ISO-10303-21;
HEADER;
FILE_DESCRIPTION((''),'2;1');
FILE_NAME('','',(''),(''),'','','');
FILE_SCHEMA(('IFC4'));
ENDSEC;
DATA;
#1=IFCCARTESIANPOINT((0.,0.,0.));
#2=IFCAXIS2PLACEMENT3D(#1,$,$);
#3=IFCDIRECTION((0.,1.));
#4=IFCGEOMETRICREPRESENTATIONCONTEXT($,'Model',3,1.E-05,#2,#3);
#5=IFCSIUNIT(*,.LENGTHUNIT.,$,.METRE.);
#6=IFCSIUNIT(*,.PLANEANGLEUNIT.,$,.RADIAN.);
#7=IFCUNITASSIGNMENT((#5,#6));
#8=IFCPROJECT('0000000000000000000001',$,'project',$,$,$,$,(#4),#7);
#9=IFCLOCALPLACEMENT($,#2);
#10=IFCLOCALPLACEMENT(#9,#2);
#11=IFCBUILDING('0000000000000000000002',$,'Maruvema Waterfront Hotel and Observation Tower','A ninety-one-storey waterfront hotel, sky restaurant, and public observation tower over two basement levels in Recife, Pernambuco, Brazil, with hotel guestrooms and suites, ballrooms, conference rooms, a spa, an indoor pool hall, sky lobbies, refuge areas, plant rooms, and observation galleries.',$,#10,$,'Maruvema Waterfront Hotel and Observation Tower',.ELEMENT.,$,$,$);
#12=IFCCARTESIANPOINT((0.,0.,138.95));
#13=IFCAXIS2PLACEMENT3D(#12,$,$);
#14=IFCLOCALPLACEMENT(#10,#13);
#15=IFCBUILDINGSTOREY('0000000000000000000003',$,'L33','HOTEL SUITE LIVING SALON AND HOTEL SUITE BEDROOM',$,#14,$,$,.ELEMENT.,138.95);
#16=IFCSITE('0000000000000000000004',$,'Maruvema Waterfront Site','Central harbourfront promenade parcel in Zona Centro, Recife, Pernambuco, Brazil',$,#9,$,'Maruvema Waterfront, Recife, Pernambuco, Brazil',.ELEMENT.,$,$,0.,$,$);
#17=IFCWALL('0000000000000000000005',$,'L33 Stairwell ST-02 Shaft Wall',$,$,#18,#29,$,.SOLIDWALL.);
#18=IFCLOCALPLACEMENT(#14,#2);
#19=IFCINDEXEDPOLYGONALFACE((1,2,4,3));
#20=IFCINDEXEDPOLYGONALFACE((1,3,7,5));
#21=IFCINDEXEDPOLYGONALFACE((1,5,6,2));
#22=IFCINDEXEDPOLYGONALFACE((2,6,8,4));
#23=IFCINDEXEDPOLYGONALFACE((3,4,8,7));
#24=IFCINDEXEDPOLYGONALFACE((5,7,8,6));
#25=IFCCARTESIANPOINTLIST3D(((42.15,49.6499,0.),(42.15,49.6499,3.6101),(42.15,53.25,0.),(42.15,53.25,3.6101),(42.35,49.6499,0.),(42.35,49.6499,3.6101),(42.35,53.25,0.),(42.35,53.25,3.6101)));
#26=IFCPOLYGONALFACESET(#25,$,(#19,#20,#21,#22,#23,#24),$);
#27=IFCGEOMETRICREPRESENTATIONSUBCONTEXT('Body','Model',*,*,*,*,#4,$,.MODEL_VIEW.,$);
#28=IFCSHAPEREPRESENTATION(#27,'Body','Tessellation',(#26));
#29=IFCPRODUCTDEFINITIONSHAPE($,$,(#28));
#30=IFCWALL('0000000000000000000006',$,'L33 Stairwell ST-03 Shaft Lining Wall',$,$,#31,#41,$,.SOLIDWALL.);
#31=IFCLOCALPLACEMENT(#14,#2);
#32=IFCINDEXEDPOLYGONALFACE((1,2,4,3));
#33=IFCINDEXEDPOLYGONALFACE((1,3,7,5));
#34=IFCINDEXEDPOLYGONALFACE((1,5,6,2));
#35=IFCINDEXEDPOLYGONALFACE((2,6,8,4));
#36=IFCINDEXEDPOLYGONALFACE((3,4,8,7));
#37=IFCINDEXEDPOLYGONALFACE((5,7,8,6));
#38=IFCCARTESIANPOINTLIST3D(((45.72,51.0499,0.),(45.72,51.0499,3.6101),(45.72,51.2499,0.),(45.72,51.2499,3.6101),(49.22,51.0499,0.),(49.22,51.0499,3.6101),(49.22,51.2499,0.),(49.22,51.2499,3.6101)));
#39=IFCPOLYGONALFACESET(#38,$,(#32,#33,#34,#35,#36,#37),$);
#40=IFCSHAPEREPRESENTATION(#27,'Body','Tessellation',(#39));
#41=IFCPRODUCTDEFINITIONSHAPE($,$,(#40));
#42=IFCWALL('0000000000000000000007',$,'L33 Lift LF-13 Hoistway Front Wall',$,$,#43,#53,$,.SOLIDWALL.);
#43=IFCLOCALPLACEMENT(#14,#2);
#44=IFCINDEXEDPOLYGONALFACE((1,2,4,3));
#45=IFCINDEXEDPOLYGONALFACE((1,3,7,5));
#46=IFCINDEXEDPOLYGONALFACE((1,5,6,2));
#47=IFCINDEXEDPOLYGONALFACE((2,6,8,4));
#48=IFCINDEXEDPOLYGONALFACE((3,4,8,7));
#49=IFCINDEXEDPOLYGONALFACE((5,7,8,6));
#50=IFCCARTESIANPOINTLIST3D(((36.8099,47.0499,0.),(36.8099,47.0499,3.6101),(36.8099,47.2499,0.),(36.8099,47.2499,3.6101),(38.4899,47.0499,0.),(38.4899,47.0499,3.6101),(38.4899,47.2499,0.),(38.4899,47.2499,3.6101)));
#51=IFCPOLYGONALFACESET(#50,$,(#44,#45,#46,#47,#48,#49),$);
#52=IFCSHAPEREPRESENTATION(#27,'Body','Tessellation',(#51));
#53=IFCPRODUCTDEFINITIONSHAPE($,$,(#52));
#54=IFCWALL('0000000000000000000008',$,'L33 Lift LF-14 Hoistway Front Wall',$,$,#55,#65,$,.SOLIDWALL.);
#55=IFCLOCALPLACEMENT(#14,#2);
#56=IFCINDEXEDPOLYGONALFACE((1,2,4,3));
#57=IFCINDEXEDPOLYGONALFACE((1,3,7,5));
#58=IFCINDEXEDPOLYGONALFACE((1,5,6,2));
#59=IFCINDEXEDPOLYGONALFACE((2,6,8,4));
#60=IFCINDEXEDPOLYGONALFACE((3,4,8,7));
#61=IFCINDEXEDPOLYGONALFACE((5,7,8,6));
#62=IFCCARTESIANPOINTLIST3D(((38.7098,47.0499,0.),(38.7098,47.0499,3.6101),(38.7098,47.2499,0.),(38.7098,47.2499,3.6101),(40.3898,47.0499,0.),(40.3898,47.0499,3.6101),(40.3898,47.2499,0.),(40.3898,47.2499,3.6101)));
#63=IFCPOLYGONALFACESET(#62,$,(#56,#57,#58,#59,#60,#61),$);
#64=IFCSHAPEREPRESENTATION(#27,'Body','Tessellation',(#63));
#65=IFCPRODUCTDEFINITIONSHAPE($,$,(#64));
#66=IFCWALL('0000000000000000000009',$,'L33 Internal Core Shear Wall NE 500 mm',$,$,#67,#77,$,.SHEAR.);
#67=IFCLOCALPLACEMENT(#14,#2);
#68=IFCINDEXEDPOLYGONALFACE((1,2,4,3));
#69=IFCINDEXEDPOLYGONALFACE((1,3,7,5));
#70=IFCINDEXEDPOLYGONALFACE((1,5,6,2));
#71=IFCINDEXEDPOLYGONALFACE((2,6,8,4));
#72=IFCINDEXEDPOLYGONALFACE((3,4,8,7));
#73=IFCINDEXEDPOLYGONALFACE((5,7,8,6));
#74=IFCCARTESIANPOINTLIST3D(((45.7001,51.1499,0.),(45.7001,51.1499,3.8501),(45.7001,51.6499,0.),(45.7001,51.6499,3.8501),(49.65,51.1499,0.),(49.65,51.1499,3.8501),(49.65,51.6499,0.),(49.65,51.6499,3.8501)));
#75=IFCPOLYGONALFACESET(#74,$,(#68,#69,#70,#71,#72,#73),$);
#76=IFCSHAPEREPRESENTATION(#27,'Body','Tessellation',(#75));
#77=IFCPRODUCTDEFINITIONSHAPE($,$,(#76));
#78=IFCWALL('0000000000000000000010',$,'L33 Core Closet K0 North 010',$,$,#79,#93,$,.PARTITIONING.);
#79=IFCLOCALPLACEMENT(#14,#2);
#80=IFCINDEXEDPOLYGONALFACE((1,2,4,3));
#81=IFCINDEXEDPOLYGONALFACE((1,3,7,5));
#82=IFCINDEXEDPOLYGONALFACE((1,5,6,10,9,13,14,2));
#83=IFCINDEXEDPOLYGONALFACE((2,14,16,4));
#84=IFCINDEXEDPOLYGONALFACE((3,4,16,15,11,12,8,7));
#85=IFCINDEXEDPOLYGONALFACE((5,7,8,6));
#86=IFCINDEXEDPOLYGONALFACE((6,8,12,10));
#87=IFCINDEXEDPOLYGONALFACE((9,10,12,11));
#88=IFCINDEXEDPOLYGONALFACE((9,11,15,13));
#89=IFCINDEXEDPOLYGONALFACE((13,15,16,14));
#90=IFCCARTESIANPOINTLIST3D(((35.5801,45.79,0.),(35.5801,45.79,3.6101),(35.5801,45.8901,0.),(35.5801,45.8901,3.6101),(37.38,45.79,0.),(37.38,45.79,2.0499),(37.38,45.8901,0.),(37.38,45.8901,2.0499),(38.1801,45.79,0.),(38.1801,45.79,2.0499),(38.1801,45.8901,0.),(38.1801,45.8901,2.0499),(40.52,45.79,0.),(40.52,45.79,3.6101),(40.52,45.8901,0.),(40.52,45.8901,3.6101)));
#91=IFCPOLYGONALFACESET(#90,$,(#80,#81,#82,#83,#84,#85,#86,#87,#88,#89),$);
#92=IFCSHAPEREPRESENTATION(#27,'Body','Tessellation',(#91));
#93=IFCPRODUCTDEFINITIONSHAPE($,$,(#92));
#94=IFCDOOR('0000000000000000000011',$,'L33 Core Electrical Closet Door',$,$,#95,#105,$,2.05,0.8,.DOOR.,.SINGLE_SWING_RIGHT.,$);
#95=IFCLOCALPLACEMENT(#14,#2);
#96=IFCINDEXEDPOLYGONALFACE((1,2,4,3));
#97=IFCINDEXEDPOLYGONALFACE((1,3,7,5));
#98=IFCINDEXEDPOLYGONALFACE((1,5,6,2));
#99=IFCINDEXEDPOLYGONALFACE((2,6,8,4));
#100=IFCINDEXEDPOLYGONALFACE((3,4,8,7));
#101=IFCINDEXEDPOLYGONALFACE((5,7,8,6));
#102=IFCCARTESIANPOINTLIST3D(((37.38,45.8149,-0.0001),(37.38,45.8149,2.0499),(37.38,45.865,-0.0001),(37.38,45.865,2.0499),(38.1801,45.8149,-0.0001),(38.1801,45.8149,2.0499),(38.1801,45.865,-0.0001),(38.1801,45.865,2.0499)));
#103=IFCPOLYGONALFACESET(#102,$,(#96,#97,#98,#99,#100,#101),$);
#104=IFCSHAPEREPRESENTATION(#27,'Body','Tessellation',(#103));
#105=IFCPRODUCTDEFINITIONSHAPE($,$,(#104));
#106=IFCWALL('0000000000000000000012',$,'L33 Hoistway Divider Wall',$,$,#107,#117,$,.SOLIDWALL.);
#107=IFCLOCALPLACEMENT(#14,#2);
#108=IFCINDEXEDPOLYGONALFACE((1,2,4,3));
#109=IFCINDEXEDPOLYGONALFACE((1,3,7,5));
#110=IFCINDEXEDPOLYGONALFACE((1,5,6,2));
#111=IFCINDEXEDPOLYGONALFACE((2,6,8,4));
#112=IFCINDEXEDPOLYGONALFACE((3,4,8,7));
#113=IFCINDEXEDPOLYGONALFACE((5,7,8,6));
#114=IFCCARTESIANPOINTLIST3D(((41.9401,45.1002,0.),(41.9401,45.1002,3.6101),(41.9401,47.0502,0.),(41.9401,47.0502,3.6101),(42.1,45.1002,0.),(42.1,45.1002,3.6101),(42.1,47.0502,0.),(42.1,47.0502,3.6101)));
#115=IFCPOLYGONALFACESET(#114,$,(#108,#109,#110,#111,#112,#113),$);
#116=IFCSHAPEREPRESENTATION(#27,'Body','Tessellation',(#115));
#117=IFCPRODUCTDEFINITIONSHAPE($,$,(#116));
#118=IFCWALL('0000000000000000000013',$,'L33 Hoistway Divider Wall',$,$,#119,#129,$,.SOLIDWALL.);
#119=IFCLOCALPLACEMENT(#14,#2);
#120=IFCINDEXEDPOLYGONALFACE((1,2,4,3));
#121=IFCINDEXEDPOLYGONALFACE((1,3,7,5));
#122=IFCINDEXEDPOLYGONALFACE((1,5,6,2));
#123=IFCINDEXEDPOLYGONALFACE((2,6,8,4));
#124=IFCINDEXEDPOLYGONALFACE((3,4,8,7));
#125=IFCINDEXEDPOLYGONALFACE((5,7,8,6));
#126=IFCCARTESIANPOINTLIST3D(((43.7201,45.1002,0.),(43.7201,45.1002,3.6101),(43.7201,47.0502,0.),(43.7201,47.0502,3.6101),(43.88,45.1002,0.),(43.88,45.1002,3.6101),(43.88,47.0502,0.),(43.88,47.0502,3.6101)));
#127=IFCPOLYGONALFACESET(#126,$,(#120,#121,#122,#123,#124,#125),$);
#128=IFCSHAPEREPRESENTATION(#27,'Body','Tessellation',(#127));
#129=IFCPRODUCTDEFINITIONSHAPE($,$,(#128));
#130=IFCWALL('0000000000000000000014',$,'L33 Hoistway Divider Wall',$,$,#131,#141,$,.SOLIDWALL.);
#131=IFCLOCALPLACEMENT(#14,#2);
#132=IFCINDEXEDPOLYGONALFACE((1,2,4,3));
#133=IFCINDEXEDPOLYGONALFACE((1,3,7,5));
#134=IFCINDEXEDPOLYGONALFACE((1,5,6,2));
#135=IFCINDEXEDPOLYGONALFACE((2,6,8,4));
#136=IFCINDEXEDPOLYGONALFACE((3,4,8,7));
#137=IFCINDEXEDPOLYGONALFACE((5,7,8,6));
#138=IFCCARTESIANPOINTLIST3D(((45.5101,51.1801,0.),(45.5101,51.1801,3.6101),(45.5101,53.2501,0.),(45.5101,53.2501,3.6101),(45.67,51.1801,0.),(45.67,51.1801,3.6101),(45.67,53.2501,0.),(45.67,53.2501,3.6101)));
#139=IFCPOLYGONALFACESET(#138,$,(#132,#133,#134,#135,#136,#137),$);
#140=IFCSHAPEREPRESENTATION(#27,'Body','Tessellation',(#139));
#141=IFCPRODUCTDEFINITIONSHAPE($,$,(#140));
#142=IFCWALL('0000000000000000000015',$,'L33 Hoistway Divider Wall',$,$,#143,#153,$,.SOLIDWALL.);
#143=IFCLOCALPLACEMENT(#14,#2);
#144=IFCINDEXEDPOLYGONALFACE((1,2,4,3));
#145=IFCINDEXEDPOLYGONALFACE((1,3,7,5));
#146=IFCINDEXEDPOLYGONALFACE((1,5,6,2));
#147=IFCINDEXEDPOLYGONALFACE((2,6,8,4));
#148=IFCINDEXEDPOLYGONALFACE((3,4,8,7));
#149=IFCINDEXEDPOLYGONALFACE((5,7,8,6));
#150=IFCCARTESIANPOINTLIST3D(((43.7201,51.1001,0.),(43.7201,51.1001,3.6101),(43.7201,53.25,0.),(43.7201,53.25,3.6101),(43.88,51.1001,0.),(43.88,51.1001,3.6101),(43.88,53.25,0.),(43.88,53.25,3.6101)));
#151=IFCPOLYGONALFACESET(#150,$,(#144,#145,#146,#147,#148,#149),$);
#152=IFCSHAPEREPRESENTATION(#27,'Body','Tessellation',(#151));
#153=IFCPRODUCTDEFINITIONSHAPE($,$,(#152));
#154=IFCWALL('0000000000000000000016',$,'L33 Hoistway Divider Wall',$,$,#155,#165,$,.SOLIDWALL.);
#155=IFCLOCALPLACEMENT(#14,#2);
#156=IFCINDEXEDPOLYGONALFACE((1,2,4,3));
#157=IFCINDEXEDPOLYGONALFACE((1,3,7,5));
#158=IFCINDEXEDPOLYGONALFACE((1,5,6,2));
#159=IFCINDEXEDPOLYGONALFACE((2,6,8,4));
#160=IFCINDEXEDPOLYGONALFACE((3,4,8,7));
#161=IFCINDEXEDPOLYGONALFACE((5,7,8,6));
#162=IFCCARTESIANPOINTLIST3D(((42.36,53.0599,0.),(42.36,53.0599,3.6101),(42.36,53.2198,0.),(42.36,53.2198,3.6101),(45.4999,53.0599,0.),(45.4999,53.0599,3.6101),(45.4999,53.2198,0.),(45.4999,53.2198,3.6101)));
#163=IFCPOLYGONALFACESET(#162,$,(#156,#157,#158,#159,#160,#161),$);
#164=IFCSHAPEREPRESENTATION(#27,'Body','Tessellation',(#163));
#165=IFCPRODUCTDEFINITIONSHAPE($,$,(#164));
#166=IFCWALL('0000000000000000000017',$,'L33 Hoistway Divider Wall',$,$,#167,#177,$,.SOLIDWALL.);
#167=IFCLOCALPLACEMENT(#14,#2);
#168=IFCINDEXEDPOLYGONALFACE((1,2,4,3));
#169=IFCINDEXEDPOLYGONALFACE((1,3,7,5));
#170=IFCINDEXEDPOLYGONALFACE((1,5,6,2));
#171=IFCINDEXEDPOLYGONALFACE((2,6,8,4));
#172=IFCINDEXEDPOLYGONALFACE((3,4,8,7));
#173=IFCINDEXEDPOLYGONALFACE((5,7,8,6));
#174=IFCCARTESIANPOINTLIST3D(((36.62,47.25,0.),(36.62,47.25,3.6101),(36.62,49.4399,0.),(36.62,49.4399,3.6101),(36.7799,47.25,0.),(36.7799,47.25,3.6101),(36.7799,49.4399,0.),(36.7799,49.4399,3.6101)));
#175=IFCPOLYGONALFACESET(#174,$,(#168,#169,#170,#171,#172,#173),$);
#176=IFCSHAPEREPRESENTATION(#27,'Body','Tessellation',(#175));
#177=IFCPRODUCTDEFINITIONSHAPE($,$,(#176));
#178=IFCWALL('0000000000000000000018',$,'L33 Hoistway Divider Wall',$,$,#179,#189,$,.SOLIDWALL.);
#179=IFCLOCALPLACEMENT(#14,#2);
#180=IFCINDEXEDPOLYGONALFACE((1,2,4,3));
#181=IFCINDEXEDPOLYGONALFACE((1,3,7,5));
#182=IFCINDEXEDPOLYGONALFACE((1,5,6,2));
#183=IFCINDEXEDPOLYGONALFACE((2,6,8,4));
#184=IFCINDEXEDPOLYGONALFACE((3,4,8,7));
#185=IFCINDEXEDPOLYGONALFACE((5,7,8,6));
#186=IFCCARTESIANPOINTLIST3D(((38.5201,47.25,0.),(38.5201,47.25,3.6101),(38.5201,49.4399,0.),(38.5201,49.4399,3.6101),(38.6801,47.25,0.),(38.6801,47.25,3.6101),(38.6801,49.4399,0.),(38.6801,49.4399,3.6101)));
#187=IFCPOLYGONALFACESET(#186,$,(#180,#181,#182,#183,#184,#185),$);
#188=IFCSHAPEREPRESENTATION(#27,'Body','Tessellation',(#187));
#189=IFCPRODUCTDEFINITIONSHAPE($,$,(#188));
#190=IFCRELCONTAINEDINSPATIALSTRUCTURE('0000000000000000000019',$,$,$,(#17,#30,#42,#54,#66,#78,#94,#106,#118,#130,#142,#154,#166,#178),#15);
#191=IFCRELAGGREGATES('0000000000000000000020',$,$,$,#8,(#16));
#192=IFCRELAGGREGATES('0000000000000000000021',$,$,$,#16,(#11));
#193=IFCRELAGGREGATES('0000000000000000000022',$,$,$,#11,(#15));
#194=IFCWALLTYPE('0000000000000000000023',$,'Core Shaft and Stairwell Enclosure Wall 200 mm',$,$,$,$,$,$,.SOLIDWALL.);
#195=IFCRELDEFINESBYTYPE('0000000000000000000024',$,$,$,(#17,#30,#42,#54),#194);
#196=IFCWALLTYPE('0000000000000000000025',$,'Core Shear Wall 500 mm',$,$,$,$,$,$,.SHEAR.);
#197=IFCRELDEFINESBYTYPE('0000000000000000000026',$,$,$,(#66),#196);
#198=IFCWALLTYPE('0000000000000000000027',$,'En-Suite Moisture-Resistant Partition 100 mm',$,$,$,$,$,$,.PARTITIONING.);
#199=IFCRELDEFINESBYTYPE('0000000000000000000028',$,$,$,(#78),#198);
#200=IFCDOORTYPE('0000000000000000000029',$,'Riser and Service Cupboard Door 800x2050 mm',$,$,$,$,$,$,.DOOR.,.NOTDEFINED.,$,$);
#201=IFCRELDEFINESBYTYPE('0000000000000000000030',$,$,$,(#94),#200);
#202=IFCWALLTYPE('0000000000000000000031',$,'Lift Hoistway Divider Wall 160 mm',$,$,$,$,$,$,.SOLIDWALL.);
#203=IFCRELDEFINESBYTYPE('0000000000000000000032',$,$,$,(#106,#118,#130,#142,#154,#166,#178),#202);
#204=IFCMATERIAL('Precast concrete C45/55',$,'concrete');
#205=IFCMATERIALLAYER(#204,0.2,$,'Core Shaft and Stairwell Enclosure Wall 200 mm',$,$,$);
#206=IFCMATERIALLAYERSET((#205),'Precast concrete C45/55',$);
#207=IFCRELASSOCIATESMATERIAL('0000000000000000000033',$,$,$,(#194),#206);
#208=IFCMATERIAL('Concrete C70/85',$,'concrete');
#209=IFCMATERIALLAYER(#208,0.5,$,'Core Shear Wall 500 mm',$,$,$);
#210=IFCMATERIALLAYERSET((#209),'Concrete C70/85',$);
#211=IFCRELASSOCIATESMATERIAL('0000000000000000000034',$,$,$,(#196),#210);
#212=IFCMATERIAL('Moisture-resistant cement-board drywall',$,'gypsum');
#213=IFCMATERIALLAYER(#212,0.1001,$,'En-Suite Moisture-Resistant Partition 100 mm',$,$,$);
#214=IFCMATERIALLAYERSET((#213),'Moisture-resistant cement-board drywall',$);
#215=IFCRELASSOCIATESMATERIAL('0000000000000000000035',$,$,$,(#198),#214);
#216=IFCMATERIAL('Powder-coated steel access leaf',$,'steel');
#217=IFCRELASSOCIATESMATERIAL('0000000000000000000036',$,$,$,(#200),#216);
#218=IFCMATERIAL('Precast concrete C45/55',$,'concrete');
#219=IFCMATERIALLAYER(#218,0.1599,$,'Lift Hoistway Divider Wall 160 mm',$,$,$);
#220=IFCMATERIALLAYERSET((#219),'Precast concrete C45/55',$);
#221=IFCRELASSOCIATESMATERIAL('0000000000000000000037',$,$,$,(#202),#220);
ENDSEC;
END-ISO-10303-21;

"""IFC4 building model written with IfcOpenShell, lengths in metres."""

from ifc_helpers import new_model, si_unit, direction, frame, frame_2d, origin, place, context, subcontext, project, spatial, rectangle, extrude, material, layer, layer_set, type_object, element, fill, save


model = new_model("IFC4")

# Units and contexts
model_context = context("Model", 3, precision=1e-05, world=origin(), true_north=direction((0.0, 1.0)))
body_context = subcontext(model_context, "Body", "Model", "MODEL_VIEW")
ifc_project = project(units=[si_unit("LENGTHUNIT", "METRE"), si_unit("PLANEANGLEUNIT", "RADIAN")], contexts=[model_context])

# Site, building, storey
site_placement = place(None, origin())
site = spatial("IfcSite", under=ifc_project, at=site_placement, Name="Maruvema Waterfront Site", Description="Central harbourfront promenade parcel in Zona Centro, Recife, Pernambuco, Brazil", LongName="Maruvema Waterfront, Recife, Pernambuco, Brazil", CompositionType="ELEMENT", RefElevation=0.0)
building_placement = place(site_placement, origin())
building = spatial("IfcBuilding", under=site, at=building_placement, Name="Maruvema Waterfront Hotel and Observation Tower", Description="A ninety-one-storey waterfront hotel, sky restaurant, and public observation tower over two basement levels in Recife, Pernambuco, Brazil, with hotel guestrooms and suites, ballrooms, conference rooms, a spa, an indoor pool hall, sky lobbies, refuge areas, plant rooms, and observation galleries.", LongName="Maruvema Waterfront Hotel and Observation Tower", CompositionType="ELEMENT")
storey_placement = place(building_placement, frame((0.0, 0.0, 138.95)))
storey = spatial("IfcBuildingStorey", under=building, at=storey_placement, Name="L33", Description="HOTEL SUITE LIVING SALON AND HOTEL SUITE BEDROOM", CompositionType="ELEMENT", Elevation=138.95)

# Walls
ifc_material_1 = material(Name="Precast concrete C45/55", Category="concrete")
ifc_layer_1 = layer(ifc_material_1, 0.2, Name="Core Shaft and Stairwell Enclosure Wall 200 mm")
ifc_layer_set_1 = layer_set([ifc_layer_1], Name="Precast concrete C45/55")
wall_type_1 = type_object("IfcWallType", Name="Core Shaft and Stairwell Enclosure Wall 200 mm", PredefinedType="SOLIDWALL", material=ifc_layer_set_1)
wall_1_placement = place(storey_placement, frame((42.25, 49.6499, 0.0), z_axis=(0.0, 0.0, 1.0), x_axis=(0.0, 1.0, 0.0)))
element("IfcWall", 1, at=wall_1_placement, inside=storey, type_object=wall_type_1, Name="L33 Stairwell ST-02 Shaft Wall", PredefinedType="SOLIDWALL", context=body_context, shape_type="SweptSolid", body=[
    extrude(rectangle(XDim=3.6001, YDim=0.2, at=frame_2d((1.8, 0.0))), origin(), (0.0, 0.0, 1.0), 3.6101),
])
wall_2_placement = place(storey_placement, frame((45.72, 51.1499, 0.0), z_axis=(0.0, 0.0, 1.0), x_axis=(1.0, 0.0, 0.0)))
element("IfcWall", 2, at=wall_2_placement, inside=storey, type_object=wall_type_1, Name="L33 Stairwell ST-03 Shaft Lining Wall", PredefinedType="SOLIDWALL", context=body_context, shape_type="SweptSolid", body=[
    extrude(rectangle(XDim=3.5, YDim=0.2, at=frame_2d((1.75, 0.0))), origin(), (0.0, 0.0, 1.0), 3.6101),
])

# Walls
for number, where, z_axis, x_axis, name in (
    (3, (36.8101, 47.1499, 0.0), (0.0, 0.0, 1.0), (1.0, 0.0, 0.0), "L33 Lift LF-13 Hoistway Front Wall"),
    (4, (38.71, 47.1499, 0.0), (0.0, 0.0, 1.0), (1.0, 0.0, 0.0), "L33 Lift LF-14 Hoistway Front Wall"),
):
    element("IfcWall", number, at=place(storey_placement, frame(where, z_axis=z_axis, x_axis=x_axis)), inside=storey, type_object=wall_type_1, Name=name, PredefinedType="SOLIDWALL", context=body_context, shape_type="SweptSolid", body=[
        extrude(rectangle(XDim=1.6799, YDim=0.2, at=frame_2d((0.8398, 0.0))), origin(), (0.0, 0.0, 1.0), 3.6101),
    ])
ifc_material_2 = material(Name="Concrete C70/85", Category="concrete")
ifc_layer_2 = layer(ifc_material_2, 0.5, Name="Core Shear Wall 500 mm")
ifc_layer_set_2 = layer_set([ifc_layer_2], Name="Concrete C70/85")
wall_type_2 = type_object("IfcWallType", Name="Core Shear Wall 500 mm", PredefinedType="SHEAR", material=ifc_layer_set_2)
wall_3_placement = place(storey_placement, frame((45.7, 51.3999, 0.0), z_axis=(0.0, 0.0, 1.0), x_axis=(1.0, 0.0, 0.0)))
element("IfcWall", 5, at=wall_3_placement, inside=storey, type_object=wall_type_2, Name="L33 Internal Core Shear Wall NE 500 mm", PredefinedType="SHEAR", context=body_context, shape_type="SweptSolid", body=[
    extrude(rectangle(XDim=3.95, YDim=0.5, at=frame_2d((1.9751, 0.0))), origin(), (0.0, 0.0, 1.0), 3.8501),
])

# Wall, opening, door
ifc_material_3 = material(Name="Moisture-resistant cement-board drywall", Category="gypsum")
ifc_layer_3 = layer(ifc_material_3, 0.1001, Name="En-Suite Moisture-Resistant Partition 100 mm")
ifc_layer_set_3 = layer_set([ifc_layer_3], Name="Moisture-resistant cement-board drywall")
wall_type_3 = type_object("IfcWallType", Name="En-Suite Moisture-Resistant Partition 100 mm", PredefinedType="PARTITIONING", material=ifc_layer_set_3)
wall_4_placement = place(storey_placement, frame((35.5801, 45.8401, 0.0), z_axis=(0.0, 0.0, 1.0), x_axis=(1.0, 0.0, 0.0)))
wall_4 = element("IfcWall", 6, at=wall_4_placement, inside=storey, type_object=wall_type_3, Name="L33 Core Closet K0 North 010", PredefinedType="PARTITIONING", context=body_context, shape_type="SweptSolid", body=[
    extrude(rectangle(XDim=4.9399, YDim=0.1001, at=frame_2d((2.47, 0.0))), origin(), (0.0, 0.0, 1.0), 3.6101),
])
opening_1_placement = place(wall_4_placement, frame((1.8, 0.0, 0.0)))
opening_1 = element("IfcOpeningElement", 7, at=opening_1_placement, cuts=wall_4, PredefinedType="OPENING", context=body_context, shape_type="SweptSolid", body=[
    extrude(rectangle(XDim=0.8, YDim=2.05, at=frame_2d((0.3999, 1.0249))), frame((0.0, 0.0601, 0.0), z_axis=(0.0, -1.0, 0.0), x_axis=(1.0, 0.0, 0.0)), (0.0, 0.0, 1.0), 0.1201),
])
ifc_material_4 = material(Name="Powder-coated steel access leaf", Category="steel")
door_type_1 = type_object("IfcDoorType", Name="Riser and Service Cupboard Door 800x2050 mm", OperationType="NOTDEFINED", PredefinedType="DOOR", material=ifc_material_4)
door_1_placement = place(opening_1_placement, origin())
door_1 = element("IfcDoor", 8, at=door_1_placement, inside=storey, type_object=door_type_1, Name="L33 Core Electrical Closet Door", OperationType="SINGLE_SWING_RIGHT", OverallHeight=2.05, OverallWidth=0.8, PredefinedType="DOOR", context=body_context, shape_type="SweptSolid", body=[
    extrude(rectangle(XDim=0.8, YDim=2.05, at=frame_2d((0.3999, 1.0249))), frame((0.0, 0.0249, 0.0), z_axis=(0.0, -1.0, 0.0), x_axis=(1.0, 0.0, 0.0)), (0.0, 0.0, 1.0), 0.05),
])
fill(opening_1, door_1)

# Walls
ifc_material_5 = material(Name="Precast concrete C45/55", Category="concrete")
ifc_layer_4 = layer(ifc_material_5, 0.1599, Name="Lift Hoistway Divider Wall 160 mm")
ifc_layer_set_4 = layer_set([ifc_layer_4], Name="Precast concrete C45/55")
wall_type_4 = type_object("IfcWallType", Name="Lift Hoistway Divider Wall 160 mm", PredefinedType="SOLIDWALL", material=ifc_layer_set_4)
for number, where, z_axis, x_axis, name in (
    (9, (42.02, 45.1001, 0.0), (0.0, 0.0, 1.0), (0.0, 1.0, 0.0), "L33 Hoistway Divider Wall"),
    (10, (43.8, 45.1001, 0.0), (0.0, 0.0, 1.0), (0.0, 1.0, 0.0), "L33 Hoistway Divider Wall"),
):
    element("IfcWall", number, at=place(storey_placement, frame(where, z_axis=z_axis, x_axis=x_axis)), inside=storey, type_object=wall_type_4, Name=name, PredefinedType="SOLIDWALL", context=body_context, shape_type="SweptSolid", body=[
        extrude(rectangle(XDim=1.95, YDim=0.1599, at=frame_2d((0.9751, 0.0))), origin(), (0.0, 0.0, 1.0), 3.6101),
    ])
wall_5_placement = place(storey_placement, frame((45.5901, 51.1799, 0.0), z_axis=(0.0, 0.0, 1.0), x_axis=(0.0, 1.0, 0.0)))
element("IfcWall", 11, at=wall_5_placement, inside=storey, type_object=wall_type_4, Name="L33 Hoistway Divider Wall", PredefinedType="SOLIDWALL", context=body_context, shape_type="SweptSolid", body=[
    extrude(rectangle(XDim=2.0701, YDim=0.1599, at=frame_2d((1.0352, 0.0))), origin(), (0.0, 0.0, 1.0), 3.6101),
])
wall_6_placement = place(storey_placement, frame((43.8, 51.1001, 0.0), z_axis=(0.0, 0.0, 1.0), x_axis=(0.0, 1.0, 0.0)))
element("IfcWall", 12, at=wall_6_placement, inside=storey, type_object=wall_type_4, Name="L33 Hoistway Divider Wall", PredefinedType="SOLIDWALL", context=body_context, shape_type="SweptSolid", body=[
    extrude(rectangle(XDim=2.1499, YDim=0.1599, at=frame_2d((1.075, 0.0))), origin(), (0.0, 0.0, 1.0), 3.6101),
])
wall_7_placement = place(storey_placement, frame((42.3601, 53.1399, 0.0), z_axis=(0.0, 0.0, 1.0), x_axis=(1.0, 0.0, 0.0)))
element("IfcWall", 13, at=wall_7_placement, inside=storey, type_object=wall_type_4, Name="L33 Hoistway Divider Wall", PredefinedType="SOLIDWALL", context=body_context, shape_type="SweptSolid", body=[
    extrude(rectangle(XDim=3.1399, YDim=0.1599, at=frame_2d((1.5698, 0.0))), origin(), (0.0, 0.0, 1.0), 3.6101),
])
for number, where, z_axis, x_axis, name in (
    (14, (36.7, 47.25, 0.0), (0.0, 0.0, 1.0), (0.0, 1.0, 0.0), "L33 Hoistway Divider Wall"),
    (15, (38.6001, 47.25, 0.0), (0.0, 0.0, 1.0), (0.0, 1.0, 0.0), "L33 Hoistway Divider Wall"),
):
    element("IfcWall", number, at=place(storey_placement, frame(where, z_axis=z_axis, x_axis=x_axis)), inside=storey, type_object=wall_type_4, Name=name, PredefinedType="SOLIDWALL", context=body_context, shape_type="SweptSolid", body=[
        extrude(rectangle(XDim=2.1899, YDim=0.1599, at=frame_2d((1.095, 0.0))), origin(), (0.0, 0.0, 1.0), 3.6101),
    ])

save(model, "model.ifc")
